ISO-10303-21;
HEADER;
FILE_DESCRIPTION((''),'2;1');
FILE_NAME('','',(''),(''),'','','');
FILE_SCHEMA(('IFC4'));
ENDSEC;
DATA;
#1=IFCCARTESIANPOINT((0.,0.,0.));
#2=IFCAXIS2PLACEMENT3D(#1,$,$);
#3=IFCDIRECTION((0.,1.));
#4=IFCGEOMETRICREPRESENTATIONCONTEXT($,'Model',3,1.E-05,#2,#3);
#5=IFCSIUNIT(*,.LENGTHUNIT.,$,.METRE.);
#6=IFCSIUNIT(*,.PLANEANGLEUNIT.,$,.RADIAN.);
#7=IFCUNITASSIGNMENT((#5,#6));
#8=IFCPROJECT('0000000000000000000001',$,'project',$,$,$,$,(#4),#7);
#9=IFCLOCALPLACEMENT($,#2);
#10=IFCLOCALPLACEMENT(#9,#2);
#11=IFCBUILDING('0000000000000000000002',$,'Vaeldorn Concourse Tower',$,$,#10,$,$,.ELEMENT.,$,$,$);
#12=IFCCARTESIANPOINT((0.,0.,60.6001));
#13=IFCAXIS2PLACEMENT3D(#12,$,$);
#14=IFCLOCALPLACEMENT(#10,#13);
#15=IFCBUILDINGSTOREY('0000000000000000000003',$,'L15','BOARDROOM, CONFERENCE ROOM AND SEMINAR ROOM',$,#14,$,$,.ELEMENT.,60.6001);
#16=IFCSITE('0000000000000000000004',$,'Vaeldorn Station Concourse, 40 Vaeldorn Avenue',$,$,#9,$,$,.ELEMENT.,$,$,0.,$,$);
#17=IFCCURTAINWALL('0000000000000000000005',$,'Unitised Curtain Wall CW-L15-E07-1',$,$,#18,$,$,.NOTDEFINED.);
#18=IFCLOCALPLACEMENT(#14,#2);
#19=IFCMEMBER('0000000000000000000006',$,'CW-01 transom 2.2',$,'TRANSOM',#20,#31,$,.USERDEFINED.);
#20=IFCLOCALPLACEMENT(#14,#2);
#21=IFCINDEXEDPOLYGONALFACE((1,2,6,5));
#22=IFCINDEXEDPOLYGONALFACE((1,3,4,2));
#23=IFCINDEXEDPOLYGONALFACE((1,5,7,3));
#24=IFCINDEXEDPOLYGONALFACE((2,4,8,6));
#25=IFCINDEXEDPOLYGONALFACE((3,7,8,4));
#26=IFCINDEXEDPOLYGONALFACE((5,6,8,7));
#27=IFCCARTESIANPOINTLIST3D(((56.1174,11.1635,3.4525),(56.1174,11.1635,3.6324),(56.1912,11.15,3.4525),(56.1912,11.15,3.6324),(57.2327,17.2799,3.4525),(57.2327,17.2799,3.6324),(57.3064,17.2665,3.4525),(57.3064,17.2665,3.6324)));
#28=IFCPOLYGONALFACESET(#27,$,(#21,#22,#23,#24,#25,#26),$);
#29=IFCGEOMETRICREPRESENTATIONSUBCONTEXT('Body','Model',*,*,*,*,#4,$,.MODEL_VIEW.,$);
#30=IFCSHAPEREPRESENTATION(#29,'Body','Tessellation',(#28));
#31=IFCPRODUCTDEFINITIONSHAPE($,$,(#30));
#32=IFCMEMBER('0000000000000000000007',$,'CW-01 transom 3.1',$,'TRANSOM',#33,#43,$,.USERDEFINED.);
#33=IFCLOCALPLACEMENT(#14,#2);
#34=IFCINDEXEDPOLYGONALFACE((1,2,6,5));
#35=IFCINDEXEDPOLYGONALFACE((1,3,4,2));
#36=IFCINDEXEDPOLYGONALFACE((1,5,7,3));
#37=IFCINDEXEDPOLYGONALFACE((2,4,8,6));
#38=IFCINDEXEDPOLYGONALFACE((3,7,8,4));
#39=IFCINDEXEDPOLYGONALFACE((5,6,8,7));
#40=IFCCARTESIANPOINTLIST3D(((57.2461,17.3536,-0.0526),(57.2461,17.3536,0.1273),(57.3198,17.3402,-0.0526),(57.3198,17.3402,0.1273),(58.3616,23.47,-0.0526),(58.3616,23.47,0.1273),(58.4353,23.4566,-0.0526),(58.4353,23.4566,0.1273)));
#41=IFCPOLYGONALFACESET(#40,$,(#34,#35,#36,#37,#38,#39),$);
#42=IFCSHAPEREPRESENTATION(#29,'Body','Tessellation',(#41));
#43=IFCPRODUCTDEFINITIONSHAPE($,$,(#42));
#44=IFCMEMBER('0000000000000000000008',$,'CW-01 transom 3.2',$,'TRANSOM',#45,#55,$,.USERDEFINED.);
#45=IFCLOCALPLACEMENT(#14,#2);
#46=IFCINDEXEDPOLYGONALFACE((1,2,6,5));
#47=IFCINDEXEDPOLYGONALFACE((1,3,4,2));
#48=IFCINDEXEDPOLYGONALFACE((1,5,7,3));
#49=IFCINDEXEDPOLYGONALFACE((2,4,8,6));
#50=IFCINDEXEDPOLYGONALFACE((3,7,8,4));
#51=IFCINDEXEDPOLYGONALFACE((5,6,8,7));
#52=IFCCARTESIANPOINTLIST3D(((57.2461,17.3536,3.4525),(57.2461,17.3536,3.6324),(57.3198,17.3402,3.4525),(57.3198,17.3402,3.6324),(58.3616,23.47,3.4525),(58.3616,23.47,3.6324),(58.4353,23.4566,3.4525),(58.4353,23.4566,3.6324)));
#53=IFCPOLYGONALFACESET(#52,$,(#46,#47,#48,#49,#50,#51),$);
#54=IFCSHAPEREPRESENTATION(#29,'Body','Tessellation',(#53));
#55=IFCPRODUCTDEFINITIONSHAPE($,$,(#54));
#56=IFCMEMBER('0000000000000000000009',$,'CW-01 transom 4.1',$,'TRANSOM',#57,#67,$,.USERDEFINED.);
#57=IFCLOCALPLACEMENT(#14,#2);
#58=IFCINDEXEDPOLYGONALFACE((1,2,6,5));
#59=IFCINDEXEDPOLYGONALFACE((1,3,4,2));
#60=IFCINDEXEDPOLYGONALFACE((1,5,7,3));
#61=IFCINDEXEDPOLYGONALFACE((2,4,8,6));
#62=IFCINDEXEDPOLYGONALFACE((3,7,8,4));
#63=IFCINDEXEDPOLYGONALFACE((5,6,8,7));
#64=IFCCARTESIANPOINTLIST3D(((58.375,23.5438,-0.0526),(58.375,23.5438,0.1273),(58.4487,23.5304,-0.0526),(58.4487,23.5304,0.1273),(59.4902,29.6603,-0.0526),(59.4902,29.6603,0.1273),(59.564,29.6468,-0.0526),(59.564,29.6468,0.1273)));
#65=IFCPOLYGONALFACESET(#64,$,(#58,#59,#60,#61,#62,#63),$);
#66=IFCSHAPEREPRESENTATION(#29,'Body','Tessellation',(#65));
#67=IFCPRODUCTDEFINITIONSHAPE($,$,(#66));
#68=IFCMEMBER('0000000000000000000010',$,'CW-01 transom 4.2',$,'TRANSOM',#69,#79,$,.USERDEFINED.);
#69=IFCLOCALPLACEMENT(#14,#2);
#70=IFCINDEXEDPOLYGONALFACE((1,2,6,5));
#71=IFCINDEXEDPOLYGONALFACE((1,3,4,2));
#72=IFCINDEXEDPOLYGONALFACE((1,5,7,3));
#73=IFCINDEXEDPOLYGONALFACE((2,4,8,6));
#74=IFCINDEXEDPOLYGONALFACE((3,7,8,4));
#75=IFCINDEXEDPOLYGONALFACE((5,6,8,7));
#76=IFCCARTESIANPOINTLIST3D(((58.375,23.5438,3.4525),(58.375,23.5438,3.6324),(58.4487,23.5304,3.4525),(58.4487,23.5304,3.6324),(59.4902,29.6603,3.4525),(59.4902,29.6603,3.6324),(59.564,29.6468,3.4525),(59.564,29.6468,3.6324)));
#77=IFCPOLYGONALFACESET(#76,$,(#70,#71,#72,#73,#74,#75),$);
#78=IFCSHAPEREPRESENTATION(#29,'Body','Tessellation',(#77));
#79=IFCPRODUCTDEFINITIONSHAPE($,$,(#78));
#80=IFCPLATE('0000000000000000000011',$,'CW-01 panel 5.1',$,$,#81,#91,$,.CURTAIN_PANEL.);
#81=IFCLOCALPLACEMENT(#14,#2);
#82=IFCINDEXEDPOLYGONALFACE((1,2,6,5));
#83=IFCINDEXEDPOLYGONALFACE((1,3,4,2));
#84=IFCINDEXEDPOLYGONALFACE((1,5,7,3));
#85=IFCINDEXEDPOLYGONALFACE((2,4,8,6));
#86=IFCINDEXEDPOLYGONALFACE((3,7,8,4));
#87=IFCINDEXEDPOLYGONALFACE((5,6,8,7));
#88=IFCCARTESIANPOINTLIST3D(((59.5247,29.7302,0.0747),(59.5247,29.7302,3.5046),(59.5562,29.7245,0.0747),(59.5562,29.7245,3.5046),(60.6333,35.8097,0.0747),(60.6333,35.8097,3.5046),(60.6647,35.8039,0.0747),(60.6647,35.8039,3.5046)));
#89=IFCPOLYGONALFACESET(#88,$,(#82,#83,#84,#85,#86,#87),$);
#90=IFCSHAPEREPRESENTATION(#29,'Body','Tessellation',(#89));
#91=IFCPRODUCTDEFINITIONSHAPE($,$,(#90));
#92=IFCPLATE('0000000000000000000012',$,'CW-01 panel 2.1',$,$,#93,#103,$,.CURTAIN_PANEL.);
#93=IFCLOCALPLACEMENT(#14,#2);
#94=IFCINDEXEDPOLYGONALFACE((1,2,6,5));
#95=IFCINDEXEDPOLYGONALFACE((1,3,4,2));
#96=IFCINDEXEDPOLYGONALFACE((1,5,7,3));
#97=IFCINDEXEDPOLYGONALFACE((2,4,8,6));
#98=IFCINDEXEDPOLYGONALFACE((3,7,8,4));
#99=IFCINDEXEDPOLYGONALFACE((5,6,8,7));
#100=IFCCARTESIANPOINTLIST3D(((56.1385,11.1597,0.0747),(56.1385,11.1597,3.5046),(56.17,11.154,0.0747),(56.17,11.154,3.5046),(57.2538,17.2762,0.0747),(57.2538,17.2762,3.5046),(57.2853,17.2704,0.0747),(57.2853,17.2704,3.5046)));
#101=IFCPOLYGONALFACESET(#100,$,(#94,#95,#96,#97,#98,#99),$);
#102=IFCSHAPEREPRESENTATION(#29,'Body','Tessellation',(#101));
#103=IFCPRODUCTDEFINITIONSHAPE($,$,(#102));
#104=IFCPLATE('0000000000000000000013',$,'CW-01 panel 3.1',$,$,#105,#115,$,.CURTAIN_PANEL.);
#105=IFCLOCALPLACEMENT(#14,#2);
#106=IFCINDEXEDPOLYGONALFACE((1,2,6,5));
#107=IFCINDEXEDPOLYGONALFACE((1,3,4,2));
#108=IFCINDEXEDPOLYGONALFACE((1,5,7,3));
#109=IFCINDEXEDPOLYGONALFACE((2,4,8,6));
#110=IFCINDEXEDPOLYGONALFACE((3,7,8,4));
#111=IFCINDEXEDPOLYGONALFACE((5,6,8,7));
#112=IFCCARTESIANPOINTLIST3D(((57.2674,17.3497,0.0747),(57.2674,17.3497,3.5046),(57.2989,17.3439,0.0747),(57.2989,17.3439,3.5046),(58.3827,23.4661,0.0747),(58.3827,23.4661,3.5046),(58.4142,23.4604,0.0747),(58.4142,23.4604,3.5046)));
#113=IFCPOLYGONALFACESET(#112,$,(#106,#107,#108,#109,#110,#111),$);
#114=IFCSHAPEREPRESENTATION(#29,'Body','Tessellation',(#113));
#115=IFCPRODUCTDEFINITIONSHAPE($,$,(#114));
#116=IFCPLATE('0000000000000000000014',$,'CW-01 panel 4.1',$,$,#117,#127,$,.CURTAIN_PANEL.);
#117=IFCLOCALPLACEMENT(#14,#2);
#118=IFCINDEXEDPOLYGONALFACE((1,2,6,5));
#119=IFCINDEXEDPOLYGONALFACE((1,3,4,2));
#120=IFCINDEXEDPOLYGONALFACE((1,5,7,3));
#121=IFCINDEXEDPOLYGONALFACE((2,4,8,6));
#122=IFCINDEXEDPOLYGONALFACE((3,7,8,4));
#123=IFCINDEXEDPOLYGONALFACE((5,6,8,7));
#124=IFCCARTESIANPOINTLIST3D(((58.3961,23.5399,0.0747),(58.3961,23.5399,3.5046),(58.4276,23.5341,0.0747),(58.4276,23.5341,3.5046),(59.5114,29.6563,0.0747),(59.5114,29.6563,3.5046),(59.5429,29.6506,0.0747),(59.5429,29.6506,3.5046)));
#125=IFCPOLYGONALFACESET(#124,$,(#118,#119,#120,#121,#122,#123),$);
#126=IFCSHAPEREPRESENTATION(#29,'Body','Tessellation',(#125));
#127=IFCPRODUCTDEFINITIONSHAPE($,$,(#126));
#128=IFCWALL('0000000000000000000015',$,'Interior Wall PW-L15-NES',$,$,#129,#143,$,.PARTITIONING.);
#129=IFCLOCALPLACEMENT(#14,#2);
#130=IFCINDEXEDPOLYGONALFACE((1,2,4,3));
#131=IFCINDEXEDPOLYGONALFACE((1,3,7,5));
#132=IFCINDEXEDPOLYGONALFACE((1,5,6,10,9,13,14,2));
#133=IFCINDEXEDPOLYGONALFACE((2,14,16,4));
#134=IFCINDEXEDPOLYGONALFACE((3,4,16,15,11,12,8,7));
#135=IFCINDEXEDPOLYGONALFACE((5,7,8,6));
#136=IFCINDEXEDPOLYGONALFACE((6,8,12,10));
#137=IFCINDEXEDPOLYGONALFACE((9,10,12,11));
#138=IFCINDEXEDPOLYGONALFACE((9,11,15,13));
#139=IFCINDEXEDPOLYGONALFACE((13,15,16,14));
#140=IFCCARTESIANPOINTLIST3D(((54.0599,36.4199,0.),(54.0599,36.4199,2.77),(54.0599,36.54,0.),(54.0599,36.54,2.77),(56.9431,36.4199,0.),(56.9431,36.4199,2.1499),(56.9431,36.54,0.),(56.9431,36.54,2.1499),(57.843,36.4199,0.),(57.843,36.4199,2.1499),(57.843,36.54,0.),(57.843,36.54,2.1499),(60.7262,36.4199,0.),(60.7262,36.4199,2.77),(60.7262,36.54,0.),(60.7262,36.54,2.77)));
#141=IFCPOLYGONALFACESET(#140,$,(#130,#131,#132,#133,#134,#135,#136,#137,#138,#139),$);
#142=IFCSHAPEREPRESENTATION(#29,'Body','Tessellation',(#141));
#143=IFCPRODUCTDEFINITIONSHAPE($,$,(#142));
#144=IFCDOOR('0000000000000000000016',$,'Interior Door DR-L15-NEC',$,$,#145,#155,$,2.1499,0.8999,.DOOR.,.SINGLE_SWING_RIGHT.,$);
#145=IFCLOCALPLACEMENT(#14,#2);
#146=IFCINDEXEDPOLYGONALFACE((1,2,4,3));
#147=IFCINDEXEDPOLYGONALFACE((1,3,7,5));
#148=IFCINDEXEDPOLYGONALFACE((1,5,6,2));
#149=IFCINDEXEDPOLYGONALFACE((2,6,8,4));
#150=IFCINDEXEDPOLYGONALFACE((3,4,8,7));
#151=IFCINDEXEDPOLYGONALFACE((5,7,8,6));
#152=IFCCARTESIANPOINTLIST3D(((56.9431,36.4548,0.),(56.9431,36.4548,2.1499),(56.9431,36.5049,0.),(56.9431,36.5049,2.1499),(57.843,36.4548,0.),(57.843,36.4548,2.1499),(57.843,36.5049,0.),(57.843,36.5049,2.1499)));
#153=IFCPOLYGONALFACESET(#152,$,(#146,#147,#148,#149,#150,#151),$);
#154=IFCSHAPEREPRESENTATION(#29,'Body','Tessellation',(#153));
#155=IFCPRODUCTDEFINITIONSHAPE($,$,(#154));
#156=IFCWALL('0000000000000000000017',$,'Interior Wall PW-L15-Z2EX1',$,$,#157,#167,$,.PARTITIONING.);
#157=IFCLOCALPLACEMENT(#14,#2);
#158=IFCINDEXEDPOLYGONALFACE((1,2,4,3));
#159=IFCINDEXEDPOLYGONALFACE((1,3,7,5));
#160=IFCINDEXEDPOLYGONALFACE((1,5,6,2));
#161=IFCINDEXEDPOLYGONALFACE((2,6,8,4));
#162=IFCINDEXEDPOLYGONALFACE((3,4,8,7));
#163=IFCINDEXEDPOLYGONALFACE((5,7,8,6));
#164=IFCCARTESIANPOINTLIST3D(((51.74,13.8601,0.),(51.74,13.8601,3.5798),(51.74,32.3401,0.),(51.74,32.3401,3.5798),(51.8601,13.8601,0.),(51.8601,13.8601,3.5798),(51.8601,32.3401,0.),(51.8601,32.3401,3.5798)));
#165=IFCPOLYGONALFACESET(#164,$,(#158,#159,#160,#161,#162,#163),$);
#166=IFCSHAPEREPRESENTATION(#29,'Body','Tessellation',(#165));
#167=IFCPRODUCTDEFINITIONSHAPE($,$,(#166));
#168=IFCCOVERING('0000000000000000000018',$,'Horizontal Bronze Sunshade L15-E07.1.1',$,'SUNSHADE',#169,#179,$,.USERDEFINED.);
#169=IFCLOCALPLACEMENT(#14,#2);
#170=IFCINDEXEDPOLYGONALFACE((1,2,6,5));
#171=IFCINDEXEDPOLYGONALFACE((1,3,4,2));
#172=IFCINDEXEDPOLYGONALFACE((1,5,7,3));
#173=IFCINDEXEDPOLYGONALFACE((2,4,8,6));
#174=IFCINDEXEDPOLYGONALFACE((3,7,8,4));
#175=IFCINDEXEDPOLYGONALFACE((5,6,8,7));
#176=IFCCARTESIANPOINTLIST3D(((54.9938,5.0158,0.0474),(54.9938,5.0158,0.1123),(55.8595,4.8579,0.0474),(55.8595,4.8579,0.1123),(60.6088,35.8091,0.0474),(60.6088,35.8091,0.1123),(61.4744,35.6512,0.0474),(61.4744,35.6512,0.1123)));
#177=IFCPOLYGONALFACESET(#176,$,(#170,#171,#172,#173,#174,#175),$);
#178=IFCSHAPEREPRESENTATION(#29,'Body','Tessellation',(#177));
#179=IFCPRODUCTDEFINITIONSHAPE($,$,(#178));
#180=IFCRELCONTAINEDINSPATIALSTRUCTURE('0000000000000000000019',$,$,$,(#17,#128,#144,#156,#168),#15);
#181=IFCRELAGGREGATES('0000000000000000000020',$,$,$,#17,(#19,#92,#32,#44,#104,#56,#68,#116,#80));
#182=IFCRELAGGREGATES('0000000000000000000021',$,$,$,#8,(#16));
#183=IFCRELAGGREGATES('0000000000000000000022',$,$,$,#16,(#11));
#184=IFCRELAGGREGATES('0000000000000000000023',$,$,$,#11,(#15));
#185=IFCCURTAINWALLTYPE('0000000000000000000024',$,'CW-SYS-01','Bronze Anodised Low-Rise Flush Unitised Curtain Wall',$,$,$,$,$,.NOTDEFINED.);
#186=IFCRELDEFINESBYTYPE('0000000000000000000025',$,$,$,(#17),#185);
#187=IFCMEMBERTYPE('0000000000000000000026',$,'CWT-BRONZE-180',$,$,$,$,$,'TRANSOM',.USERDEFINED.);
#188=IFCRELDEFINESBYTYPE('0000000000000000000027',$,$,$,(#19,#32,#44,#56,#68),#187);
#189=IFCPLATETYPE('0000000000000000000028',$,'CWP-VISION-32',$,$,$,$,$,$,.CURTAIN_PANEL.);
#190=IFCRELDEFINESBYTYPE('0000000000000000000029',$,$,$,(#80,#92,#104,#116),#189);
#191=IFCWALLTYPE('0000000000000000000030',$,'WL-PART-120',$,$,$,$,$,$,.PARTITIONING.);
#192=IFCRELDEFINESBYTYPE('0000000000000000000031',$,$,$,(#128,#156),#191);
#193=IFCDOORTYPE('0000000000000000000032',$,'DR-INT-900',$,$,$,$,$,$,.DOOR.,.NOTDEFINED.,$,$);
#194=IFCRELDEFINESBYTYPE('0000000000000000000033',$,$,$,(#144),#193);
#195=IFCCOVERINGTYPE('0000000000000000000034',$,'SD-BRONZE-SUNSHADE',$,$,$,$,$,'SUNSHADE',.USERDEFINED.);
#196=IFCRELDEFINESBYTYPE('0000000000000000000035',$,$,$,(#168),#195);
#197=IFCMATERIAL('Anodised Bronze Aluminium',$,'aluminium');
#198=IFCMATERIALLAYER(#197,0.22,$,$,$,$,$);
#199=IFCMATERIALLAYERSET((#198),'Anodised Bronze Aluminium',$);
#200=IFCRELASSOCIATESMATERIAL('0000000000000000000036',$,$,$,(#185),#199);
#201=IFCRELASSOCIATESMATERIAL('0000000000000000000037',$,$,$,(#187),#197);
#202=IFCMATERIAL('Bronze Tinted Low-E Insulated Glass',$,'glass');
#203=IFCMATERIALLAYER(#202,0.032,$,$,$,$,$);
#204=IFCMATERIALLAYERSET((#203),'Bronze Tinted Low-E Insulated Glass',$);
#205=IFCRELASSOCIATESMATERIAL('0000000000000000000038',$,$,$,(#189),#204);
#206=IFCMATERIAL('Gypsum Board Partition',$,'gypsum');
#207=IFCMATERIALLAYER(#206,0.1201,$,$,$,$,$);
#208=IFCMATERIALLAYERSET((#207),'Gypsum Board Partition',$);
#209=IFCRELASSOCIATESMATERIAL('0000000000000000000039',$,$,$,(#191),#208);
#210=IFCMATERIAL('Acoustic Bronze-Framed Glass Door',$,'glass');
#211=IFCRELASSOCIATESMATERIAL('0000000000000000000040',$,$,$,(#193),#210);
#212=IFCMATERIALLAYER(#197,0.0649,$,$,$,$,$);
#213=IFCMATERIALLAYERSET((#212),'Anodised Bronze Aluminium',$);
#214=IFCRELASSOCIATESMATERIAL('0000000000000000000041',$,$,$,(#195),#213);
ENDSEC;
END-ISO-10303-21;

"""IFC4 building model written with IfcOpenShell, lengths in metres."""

from ifc_helpers import new_model, si_unit, direction, frame, frame_2d, origin, origin_2d, place, context, subcontext, project, spatial, rectangle, extrude, source, transform, mapped, material, layer, layer_set, material_profile, profile_set, type_object, element, fill, aggregate, save


model = new_model("IFC4")

# Units and contexts
model_context = context("Model", 3, precision=1e-05, world=origin(), true_north=direction((0.0, 1.0)))
body_context = subcontext(model_context, "Body", "Model", "MODEL_VIEW")
ifc_project = project(units=[si_unit("LENGTHUNIT", "METRE"), si_unit("PLANEANGLEUNIT", "RADIAN")], contexts=[model_context])

# Site, building, storey
site_placement = place(None, origin())
site = spatial("IfcSite", under=ifc_project, at=site_placement, Name="Vaeldorn Station Concourse, 40 Vaeldorn Avenue", CompositionType="ELEMENT", RefElevation=0.0)
building_placement = place(site_placement, origin())
building = spatial("IfcBuilding", under=site, at=building_placement, Name="Vaeldorn Concourse Tower", CompositionType="ELEMENT")
storey_placement = place(building_placement, frame((0.0, 0.0, 60.6001)))
storey = spatial("IfcBuildingStorey", under=building, at=storey_placement, Name="L15", Description="BOARDROOM, CONFERENCE ROOM AND SEMINAR ROOM", CompositionType="ELEMENT", Elevation=60.6001)

# Curtain wall, members, plates
ifc_material_1 = material(Name="Anodised Bronze Aluminium", Category="aluminium")
ifc_layer_1 = layer(ifc_material_1, 0.22)
ifc_layer_set_1 = layer_set([ifc_layer_1], Name="Anodised Bronze Aluminium")
curtain_wall_type = type_object("IfcCurtainWallType", Name="CW-SYS-01", Description="Bronze Anodised Low-Rise Flush Unitised Curtain Wall", PredefinedType="NOTDEFINED", material=ifc_layer_set_1)
curtain_wall_placement = place(storey_placement, origin())
curtain_wall = element("IfcCurtainWall", 1, at=curtain_wall_placement, inside=storey, type_object=curtain_wall_type, Name="Unitised Curtain Wall CW-L15-E07-1", PredefinedType="NOTDEFINED")
ifc_material_profile_1 = material_profile(ifc_material_1, rectangle(XDim=0.075, YDim=0.1799, at=origin_2d()), Name="CWT 75x180")
ifc_profile_set_1 = profile_set([ifc_material_profile_1], Name="Anodised Bronze Aluminium")
member_type_1 = type_object("IfcMemberType", Name="CWT-BRONZE-180", ElementType="TRANSOM", PredefinedType="USERDEFINED", material=ifc_profile_set_1)
shared_shape_1 = source(origin(), body_context, "Body", "SweptSolid", [
    extrude(rectangle(XDim=0.075, YDim=0.1799, at=origin_2d()), origin(), (0.0, 0.0, 1.0), 6.2173),
])
member_1_placement = place(storey_placement, frame((56.1543, 11.1567, 3.5425), z_axis=(0.179376, 0.983781, 0.0), x_axis=(-0.983781, 0.179376, 0.0)))
member_1 = element("IfcMember", 2, at=member_1_placement, type_object=member_type_1, Name="CW-01 transom 2.2", ObjectType="TRANSOM", PredefinedType="USERDEFINED", context=body_context, shape_type="MappedRepresentation", body=[
    mapped(shared_shape_1, transform((0.0, 0.0, 0.0), scale=1.0)),
])
member_2_placement = place(storey_placement, frame((57.283, 17.3469, 0.0374), z_axis=(0.179414, 0.983774, 0.0), x_axis=(-0.983774, 0.179414, 0.0)))
member_2 = element("IfcMember", 3, at=member_2_placement, type_object=member_type_1, Name="CW-01 transom 3.1", ObjectType="TRANSOM", PredefinedType="USERDEFINED", context=body_context, shape_type="MappedRepresentation", body=[
    mapped(shared_shape_1, transform((0.0, 0.0, 0.0), scale=1.0)),
])
member_3_placement = place(storey_placement, frame((57.283, 17.3469, 3.5425), z_axis=(0.179414, 0.983774, 0.0), x_axis=(-0.983774, 0.179414, 0.0)))
member_3 = element("IfcMember", 4, at=member_3_placement, type_object=member_type_1, Name="CW-01 transom 3.2", ObjectType="TRANSOM", PredefinedType="USERDEFINED", context=body_context, shape_type="MappedRepresentation", body=[
    mapped(shared_shape_1, transform((0.0, 0.0, 0.0), scale=1.0)),
])
member_4_placement = place(storey_placement, frame((58.4119, 23.5371, 0.0374), z_axis=(0.179376, 0.983781, 0.0), x_axis=(-0.983781, 0.179376, 0.0)))
member_4 = element("IfcMember", 5, at=member_4_placement, type_object=member_type_1, Name="CW-01 transom 4.1", ObjectType="TRANSOM", PredefinedType="USERDEFINED", context=body_context, shape_type="MappedRepresentation", body=[
    mapped(shared_shape_1, transform((0.0, 0.0, 0.0), scale=1.0)),
])
member_5_placement = place(storey_placement, frame((58.4119, 23.5371, 3.5425), z_axis=(0.179376, 0.983781, 0.0), x_axis=(-0.983781, 0.179376, 0.0)))
member_5 = element("IfcMember", 6, at=member_5_placement, type_object=member_type_1, Name="CW-01 transom 4.2", ObjectType="TRANSOM", PredefinedType="USERDEFINED", context=body_context, shape_type="MappedRepresentation", body=[
    mapped(shared_shape_1, transform((0.0, 0.0, 0.0), scale=1.0)),
])
ifc_material_2 = material(Name="Bronze Tinted Low-E Insulated Glass", Category="glass")
ifc_layer_2 = layer(ifc_material_2, 0.032)
ifc_layer_set_2 = layer_set([ifc_layer_2], Name="Bronze Tinted Low-E Insulated Glass")
plate_type = type_object("IfcPlateType", Name="CWP-VISION-32", PredefinedType="CURTAIN_PANEL", material=ifc_layer_set_2)
shared_shape_2 = source(origin(), body_context, "Body", "SweptSolid", [
    extrude(rectangle(XDim=6.1797, YDim=0.032, at=origin_2d()), origin(), (0.0, 0.0, 1.0), 3.4299),
])
plate_1_placement = place(storey_placement, frame((60.0947, 32.7671, 0.0747), z_axis=(0.0, 0.0, 1.0), x_axis=(0.179384, 0.983779, 0.0)))
plate_1 = element("IfcPlate", 7, at=plate_1_placement, type_object=plate_type, Name="CW-01 panel 5.1", PredefinedType="CURTAIN_PANEL", context=body_context, shape_type="MappedRepresentation", body=[
    mapped(shared_shape_2, transform((0.0, 0.0, 0.0), scale=1.0)),
])
shared_shape_3 = source(origin(), body_context, "Body", "SweptSolid", [
    extrude(rectangle(XDim=6.2173, YDim=0.032, at=origin_2d()), origin(), (0.0, 0.0, 1.0), 3.4299),
])
plate_2_placement = place(storey_placement, frame((56.7119, 14.2151, 0.0747), z_axis=(0.0, 0.0, 1.0), x_axis=(0.179384, 0.983779, 0.0)))
plate_2 = element("IfcPlate", 8, at=plate_2_placement, type_object=plate_type, Name="CW-01 panel 2.1", PredefinedType="CURTAIN_PANEL", context=body_context, shape_type="MappedRepresentation", body=[
    mapped(shared_shape_3, transform((0.0, 0.0, 0.0), scale=1.0)),
])
plate_3_placement = place(storey_placement, frame((57.8408, 20.405, 0.0747), z_axis=(0.0, 0.0, 1.0), x_axis=(0.179384, 0.983779, 0.0)))
plate_3 = element("IfcPlate", 9, at=plate_3_placement, type_object=plate_type, Name="CW-01 panel 3.1", PredefinedType="CURTAIN_PANEL", context=body_context, shape_type="MappedRepresentation", body=[
    mapped(shared_shape_3, transform((0.0, 0.0, 0.0), scale=1.0)),
])
plate_4_placement = place(storey_placement, frame((58.9695, 26.5952, 0.0747), z_axis=(0.0, 0.0, 1.0), x_axis=(0.179384, 0.983779, 0.0)))
plate_4 = element("IfcPlate", 10, at=plate_4_placement, type_object=plate_type, Name="CW-01 panel 4.1", PredefinedType="CURTAIN_PANEL", context=body_context, shape_type="MappedRepresentation", body=[
    mapped(shared_shape_3, transform((0.0, 0.0, 0.0), scale=1.0)),
])
aggregate(curtain_wall, [member_1, plate_2, member_2, member_3, plate_3, member_4, member_5, plate_4, plate_1])

# Wall, opening, door
ifc_material_3 = material(Name="Gypsum Board Partition", Category="gypsum")
ifc_layer_3 = layer(ifc_material_3, 0.1201)
ifc_layer_set_3 = layer_set([ifc_layer_3], Name="Gypsum Board Partition")
wall_type = type_object("IfcWallType", Name="WL-PART-120", PredefinedType="PARTITIONING", material=ifc_layer_set_3)
wall_1_placement = place(storey_placement, frame((54.0601, 36.48, 0.0), z_axis=(0.0, 0.0, 1.0), x_axis=(1.0, 0.0, 0.0)))
wall_1 = element("IfcWall", 11, at=wall_1_placement, inside=storey, type_object=wall_type, Name="Interior Wall PW-L15-NES", PredefinedType="PARTITIONING", context=body_context, shape_type="SweptSolid", body=[
    extrude(rectangle(XDim=6.6663, YDim=0.1201, at=frame_2d((3.333, 0.0))), origin(), (0.0, 0.0, 1.0), 2.77),
])
opening_placement = place(wall_1_placement, frame((2.8831, 0.0, 0.0)))
opening = element("IfcOpeningElement", 12, at=opening_placement, cuts=wall_1, PredefinedType="OPENING", context=body_context, shape_type="SweptSolid", body=[
    extrude(rectangle(XDim=0.8999, YDim=2.1499, at=frame_2d((0.45, 1.075))), frame((0.0, 0.0701, 0.0), z_axis=(0.0, -1.0, 0.0), x_axis=(1.0, 0.0, 0.0)), (0.0, 0.0, 1.0), 0.1401),
])
ifc_material_4 = material(Name="Acoustic Bronze-Framed Glass Door", Category="glass")
door_type = type_object("IfcDoorType", Name="DR-INT-900", OperationType="NOTDEFINED", PredefinedType="DOOR", material=ifc_material_4)
shared_shape_4 = source(origin(), body_context, "Body", "SweptSolid", [
    extrude(rectangle(XDim=0.8999, YDim=2.1499, at=frame_2d((0.45, 1.075))), frame((0.0, 0.0249, 0.0), z_axis=(0.0, -1.0, 0.0), x_axis=(1.0, 0.0, 0.0)), (0.0, 0.0, 1.0), 0.05),
])
door_placement = place(opening_placement, origin())
door = element("IfcDoor", 13, at=door_placement, inside=storey, type_object=door_type, Name="Interior Door DR-L15-NEC", OperationType="SINGLE_SWING_RIGHT", OverallHeight=2.1499, OverallWidth=0.8999, PredefinedType="DOOR", context=body_context, shape_type="MappedRepresentation", body=[
    mapped(shared_shape_4, transform((0.0, 0.0, 0.0), scale=1.0)),
])
fill(opening, door)

# Wall
wall_2_placement = place(storey_placement, frame((51.8, 13.8601, 0.0), z_axis=(0.0, 0.0, 1.0), x_axis=(0.0, 1.0, 0.0)))
element("IfcWall", 14, at=wall_2_placement, inside=storey, type_object=wall_type, Name="Interior Wall PW-L15-Z2EX1", PredefinedType="PARTITIONING", context=body_context, shape_type="SweptSolid", body=[
    extrude(rectangle(XDim=18.48, YDim=0.1201, at=frame_2d((9.24, 0.0))), origin(), (0.0, 0.0, 1.0), 3.5798),
])

# Covering
ifc_layer_4 = layer(ifc_material_1, 0.0649)
ifc_layer_set_4 = layer_set([ifc_layer_4], Name="Anodised Bronze Aluminium")
covering_type = type_object("IfcCoveringType", Name="SD-BRONZE-SUNSHADE", ElementType="SUNSHADE", PredefinedType="USERDEFINED", material=ifc_layer_set_4)
shared_shape_5 = source(origin(), body_context, "Body", "SweptSolid", [
    extrude(rectangle(XDim=31.301, YDim=0.8799, at=origin_2d()), origin(), (0.0, 0.0, 1.0), 0.0649),
])
for number, where, z_axis, x_axis, name in (
    (15, (58.2341, 20.3335, 0.0474), (0.0, 0.0, 1.0), (0.179386, 0.983779, 0.0), "Horizontal Bronze Sunshade L15-E07.1.1"),
):
    element("IfcCovering", number, at=place(storey_placement, frame(where, z_axis=z_axis, x_axis=x_axis)), inside=storey, type_object=covering_type, Name=name, ObjectType="SUNSHADE", PredefinedType="USERDEFINED", context=body_context, shape_type="MappedRepresentation", body=[
        mapped(shared_shape_5, transform((0.0, 0.0, 0.0), scale=1.0)),
    ])

save(model, "model.ifc")
